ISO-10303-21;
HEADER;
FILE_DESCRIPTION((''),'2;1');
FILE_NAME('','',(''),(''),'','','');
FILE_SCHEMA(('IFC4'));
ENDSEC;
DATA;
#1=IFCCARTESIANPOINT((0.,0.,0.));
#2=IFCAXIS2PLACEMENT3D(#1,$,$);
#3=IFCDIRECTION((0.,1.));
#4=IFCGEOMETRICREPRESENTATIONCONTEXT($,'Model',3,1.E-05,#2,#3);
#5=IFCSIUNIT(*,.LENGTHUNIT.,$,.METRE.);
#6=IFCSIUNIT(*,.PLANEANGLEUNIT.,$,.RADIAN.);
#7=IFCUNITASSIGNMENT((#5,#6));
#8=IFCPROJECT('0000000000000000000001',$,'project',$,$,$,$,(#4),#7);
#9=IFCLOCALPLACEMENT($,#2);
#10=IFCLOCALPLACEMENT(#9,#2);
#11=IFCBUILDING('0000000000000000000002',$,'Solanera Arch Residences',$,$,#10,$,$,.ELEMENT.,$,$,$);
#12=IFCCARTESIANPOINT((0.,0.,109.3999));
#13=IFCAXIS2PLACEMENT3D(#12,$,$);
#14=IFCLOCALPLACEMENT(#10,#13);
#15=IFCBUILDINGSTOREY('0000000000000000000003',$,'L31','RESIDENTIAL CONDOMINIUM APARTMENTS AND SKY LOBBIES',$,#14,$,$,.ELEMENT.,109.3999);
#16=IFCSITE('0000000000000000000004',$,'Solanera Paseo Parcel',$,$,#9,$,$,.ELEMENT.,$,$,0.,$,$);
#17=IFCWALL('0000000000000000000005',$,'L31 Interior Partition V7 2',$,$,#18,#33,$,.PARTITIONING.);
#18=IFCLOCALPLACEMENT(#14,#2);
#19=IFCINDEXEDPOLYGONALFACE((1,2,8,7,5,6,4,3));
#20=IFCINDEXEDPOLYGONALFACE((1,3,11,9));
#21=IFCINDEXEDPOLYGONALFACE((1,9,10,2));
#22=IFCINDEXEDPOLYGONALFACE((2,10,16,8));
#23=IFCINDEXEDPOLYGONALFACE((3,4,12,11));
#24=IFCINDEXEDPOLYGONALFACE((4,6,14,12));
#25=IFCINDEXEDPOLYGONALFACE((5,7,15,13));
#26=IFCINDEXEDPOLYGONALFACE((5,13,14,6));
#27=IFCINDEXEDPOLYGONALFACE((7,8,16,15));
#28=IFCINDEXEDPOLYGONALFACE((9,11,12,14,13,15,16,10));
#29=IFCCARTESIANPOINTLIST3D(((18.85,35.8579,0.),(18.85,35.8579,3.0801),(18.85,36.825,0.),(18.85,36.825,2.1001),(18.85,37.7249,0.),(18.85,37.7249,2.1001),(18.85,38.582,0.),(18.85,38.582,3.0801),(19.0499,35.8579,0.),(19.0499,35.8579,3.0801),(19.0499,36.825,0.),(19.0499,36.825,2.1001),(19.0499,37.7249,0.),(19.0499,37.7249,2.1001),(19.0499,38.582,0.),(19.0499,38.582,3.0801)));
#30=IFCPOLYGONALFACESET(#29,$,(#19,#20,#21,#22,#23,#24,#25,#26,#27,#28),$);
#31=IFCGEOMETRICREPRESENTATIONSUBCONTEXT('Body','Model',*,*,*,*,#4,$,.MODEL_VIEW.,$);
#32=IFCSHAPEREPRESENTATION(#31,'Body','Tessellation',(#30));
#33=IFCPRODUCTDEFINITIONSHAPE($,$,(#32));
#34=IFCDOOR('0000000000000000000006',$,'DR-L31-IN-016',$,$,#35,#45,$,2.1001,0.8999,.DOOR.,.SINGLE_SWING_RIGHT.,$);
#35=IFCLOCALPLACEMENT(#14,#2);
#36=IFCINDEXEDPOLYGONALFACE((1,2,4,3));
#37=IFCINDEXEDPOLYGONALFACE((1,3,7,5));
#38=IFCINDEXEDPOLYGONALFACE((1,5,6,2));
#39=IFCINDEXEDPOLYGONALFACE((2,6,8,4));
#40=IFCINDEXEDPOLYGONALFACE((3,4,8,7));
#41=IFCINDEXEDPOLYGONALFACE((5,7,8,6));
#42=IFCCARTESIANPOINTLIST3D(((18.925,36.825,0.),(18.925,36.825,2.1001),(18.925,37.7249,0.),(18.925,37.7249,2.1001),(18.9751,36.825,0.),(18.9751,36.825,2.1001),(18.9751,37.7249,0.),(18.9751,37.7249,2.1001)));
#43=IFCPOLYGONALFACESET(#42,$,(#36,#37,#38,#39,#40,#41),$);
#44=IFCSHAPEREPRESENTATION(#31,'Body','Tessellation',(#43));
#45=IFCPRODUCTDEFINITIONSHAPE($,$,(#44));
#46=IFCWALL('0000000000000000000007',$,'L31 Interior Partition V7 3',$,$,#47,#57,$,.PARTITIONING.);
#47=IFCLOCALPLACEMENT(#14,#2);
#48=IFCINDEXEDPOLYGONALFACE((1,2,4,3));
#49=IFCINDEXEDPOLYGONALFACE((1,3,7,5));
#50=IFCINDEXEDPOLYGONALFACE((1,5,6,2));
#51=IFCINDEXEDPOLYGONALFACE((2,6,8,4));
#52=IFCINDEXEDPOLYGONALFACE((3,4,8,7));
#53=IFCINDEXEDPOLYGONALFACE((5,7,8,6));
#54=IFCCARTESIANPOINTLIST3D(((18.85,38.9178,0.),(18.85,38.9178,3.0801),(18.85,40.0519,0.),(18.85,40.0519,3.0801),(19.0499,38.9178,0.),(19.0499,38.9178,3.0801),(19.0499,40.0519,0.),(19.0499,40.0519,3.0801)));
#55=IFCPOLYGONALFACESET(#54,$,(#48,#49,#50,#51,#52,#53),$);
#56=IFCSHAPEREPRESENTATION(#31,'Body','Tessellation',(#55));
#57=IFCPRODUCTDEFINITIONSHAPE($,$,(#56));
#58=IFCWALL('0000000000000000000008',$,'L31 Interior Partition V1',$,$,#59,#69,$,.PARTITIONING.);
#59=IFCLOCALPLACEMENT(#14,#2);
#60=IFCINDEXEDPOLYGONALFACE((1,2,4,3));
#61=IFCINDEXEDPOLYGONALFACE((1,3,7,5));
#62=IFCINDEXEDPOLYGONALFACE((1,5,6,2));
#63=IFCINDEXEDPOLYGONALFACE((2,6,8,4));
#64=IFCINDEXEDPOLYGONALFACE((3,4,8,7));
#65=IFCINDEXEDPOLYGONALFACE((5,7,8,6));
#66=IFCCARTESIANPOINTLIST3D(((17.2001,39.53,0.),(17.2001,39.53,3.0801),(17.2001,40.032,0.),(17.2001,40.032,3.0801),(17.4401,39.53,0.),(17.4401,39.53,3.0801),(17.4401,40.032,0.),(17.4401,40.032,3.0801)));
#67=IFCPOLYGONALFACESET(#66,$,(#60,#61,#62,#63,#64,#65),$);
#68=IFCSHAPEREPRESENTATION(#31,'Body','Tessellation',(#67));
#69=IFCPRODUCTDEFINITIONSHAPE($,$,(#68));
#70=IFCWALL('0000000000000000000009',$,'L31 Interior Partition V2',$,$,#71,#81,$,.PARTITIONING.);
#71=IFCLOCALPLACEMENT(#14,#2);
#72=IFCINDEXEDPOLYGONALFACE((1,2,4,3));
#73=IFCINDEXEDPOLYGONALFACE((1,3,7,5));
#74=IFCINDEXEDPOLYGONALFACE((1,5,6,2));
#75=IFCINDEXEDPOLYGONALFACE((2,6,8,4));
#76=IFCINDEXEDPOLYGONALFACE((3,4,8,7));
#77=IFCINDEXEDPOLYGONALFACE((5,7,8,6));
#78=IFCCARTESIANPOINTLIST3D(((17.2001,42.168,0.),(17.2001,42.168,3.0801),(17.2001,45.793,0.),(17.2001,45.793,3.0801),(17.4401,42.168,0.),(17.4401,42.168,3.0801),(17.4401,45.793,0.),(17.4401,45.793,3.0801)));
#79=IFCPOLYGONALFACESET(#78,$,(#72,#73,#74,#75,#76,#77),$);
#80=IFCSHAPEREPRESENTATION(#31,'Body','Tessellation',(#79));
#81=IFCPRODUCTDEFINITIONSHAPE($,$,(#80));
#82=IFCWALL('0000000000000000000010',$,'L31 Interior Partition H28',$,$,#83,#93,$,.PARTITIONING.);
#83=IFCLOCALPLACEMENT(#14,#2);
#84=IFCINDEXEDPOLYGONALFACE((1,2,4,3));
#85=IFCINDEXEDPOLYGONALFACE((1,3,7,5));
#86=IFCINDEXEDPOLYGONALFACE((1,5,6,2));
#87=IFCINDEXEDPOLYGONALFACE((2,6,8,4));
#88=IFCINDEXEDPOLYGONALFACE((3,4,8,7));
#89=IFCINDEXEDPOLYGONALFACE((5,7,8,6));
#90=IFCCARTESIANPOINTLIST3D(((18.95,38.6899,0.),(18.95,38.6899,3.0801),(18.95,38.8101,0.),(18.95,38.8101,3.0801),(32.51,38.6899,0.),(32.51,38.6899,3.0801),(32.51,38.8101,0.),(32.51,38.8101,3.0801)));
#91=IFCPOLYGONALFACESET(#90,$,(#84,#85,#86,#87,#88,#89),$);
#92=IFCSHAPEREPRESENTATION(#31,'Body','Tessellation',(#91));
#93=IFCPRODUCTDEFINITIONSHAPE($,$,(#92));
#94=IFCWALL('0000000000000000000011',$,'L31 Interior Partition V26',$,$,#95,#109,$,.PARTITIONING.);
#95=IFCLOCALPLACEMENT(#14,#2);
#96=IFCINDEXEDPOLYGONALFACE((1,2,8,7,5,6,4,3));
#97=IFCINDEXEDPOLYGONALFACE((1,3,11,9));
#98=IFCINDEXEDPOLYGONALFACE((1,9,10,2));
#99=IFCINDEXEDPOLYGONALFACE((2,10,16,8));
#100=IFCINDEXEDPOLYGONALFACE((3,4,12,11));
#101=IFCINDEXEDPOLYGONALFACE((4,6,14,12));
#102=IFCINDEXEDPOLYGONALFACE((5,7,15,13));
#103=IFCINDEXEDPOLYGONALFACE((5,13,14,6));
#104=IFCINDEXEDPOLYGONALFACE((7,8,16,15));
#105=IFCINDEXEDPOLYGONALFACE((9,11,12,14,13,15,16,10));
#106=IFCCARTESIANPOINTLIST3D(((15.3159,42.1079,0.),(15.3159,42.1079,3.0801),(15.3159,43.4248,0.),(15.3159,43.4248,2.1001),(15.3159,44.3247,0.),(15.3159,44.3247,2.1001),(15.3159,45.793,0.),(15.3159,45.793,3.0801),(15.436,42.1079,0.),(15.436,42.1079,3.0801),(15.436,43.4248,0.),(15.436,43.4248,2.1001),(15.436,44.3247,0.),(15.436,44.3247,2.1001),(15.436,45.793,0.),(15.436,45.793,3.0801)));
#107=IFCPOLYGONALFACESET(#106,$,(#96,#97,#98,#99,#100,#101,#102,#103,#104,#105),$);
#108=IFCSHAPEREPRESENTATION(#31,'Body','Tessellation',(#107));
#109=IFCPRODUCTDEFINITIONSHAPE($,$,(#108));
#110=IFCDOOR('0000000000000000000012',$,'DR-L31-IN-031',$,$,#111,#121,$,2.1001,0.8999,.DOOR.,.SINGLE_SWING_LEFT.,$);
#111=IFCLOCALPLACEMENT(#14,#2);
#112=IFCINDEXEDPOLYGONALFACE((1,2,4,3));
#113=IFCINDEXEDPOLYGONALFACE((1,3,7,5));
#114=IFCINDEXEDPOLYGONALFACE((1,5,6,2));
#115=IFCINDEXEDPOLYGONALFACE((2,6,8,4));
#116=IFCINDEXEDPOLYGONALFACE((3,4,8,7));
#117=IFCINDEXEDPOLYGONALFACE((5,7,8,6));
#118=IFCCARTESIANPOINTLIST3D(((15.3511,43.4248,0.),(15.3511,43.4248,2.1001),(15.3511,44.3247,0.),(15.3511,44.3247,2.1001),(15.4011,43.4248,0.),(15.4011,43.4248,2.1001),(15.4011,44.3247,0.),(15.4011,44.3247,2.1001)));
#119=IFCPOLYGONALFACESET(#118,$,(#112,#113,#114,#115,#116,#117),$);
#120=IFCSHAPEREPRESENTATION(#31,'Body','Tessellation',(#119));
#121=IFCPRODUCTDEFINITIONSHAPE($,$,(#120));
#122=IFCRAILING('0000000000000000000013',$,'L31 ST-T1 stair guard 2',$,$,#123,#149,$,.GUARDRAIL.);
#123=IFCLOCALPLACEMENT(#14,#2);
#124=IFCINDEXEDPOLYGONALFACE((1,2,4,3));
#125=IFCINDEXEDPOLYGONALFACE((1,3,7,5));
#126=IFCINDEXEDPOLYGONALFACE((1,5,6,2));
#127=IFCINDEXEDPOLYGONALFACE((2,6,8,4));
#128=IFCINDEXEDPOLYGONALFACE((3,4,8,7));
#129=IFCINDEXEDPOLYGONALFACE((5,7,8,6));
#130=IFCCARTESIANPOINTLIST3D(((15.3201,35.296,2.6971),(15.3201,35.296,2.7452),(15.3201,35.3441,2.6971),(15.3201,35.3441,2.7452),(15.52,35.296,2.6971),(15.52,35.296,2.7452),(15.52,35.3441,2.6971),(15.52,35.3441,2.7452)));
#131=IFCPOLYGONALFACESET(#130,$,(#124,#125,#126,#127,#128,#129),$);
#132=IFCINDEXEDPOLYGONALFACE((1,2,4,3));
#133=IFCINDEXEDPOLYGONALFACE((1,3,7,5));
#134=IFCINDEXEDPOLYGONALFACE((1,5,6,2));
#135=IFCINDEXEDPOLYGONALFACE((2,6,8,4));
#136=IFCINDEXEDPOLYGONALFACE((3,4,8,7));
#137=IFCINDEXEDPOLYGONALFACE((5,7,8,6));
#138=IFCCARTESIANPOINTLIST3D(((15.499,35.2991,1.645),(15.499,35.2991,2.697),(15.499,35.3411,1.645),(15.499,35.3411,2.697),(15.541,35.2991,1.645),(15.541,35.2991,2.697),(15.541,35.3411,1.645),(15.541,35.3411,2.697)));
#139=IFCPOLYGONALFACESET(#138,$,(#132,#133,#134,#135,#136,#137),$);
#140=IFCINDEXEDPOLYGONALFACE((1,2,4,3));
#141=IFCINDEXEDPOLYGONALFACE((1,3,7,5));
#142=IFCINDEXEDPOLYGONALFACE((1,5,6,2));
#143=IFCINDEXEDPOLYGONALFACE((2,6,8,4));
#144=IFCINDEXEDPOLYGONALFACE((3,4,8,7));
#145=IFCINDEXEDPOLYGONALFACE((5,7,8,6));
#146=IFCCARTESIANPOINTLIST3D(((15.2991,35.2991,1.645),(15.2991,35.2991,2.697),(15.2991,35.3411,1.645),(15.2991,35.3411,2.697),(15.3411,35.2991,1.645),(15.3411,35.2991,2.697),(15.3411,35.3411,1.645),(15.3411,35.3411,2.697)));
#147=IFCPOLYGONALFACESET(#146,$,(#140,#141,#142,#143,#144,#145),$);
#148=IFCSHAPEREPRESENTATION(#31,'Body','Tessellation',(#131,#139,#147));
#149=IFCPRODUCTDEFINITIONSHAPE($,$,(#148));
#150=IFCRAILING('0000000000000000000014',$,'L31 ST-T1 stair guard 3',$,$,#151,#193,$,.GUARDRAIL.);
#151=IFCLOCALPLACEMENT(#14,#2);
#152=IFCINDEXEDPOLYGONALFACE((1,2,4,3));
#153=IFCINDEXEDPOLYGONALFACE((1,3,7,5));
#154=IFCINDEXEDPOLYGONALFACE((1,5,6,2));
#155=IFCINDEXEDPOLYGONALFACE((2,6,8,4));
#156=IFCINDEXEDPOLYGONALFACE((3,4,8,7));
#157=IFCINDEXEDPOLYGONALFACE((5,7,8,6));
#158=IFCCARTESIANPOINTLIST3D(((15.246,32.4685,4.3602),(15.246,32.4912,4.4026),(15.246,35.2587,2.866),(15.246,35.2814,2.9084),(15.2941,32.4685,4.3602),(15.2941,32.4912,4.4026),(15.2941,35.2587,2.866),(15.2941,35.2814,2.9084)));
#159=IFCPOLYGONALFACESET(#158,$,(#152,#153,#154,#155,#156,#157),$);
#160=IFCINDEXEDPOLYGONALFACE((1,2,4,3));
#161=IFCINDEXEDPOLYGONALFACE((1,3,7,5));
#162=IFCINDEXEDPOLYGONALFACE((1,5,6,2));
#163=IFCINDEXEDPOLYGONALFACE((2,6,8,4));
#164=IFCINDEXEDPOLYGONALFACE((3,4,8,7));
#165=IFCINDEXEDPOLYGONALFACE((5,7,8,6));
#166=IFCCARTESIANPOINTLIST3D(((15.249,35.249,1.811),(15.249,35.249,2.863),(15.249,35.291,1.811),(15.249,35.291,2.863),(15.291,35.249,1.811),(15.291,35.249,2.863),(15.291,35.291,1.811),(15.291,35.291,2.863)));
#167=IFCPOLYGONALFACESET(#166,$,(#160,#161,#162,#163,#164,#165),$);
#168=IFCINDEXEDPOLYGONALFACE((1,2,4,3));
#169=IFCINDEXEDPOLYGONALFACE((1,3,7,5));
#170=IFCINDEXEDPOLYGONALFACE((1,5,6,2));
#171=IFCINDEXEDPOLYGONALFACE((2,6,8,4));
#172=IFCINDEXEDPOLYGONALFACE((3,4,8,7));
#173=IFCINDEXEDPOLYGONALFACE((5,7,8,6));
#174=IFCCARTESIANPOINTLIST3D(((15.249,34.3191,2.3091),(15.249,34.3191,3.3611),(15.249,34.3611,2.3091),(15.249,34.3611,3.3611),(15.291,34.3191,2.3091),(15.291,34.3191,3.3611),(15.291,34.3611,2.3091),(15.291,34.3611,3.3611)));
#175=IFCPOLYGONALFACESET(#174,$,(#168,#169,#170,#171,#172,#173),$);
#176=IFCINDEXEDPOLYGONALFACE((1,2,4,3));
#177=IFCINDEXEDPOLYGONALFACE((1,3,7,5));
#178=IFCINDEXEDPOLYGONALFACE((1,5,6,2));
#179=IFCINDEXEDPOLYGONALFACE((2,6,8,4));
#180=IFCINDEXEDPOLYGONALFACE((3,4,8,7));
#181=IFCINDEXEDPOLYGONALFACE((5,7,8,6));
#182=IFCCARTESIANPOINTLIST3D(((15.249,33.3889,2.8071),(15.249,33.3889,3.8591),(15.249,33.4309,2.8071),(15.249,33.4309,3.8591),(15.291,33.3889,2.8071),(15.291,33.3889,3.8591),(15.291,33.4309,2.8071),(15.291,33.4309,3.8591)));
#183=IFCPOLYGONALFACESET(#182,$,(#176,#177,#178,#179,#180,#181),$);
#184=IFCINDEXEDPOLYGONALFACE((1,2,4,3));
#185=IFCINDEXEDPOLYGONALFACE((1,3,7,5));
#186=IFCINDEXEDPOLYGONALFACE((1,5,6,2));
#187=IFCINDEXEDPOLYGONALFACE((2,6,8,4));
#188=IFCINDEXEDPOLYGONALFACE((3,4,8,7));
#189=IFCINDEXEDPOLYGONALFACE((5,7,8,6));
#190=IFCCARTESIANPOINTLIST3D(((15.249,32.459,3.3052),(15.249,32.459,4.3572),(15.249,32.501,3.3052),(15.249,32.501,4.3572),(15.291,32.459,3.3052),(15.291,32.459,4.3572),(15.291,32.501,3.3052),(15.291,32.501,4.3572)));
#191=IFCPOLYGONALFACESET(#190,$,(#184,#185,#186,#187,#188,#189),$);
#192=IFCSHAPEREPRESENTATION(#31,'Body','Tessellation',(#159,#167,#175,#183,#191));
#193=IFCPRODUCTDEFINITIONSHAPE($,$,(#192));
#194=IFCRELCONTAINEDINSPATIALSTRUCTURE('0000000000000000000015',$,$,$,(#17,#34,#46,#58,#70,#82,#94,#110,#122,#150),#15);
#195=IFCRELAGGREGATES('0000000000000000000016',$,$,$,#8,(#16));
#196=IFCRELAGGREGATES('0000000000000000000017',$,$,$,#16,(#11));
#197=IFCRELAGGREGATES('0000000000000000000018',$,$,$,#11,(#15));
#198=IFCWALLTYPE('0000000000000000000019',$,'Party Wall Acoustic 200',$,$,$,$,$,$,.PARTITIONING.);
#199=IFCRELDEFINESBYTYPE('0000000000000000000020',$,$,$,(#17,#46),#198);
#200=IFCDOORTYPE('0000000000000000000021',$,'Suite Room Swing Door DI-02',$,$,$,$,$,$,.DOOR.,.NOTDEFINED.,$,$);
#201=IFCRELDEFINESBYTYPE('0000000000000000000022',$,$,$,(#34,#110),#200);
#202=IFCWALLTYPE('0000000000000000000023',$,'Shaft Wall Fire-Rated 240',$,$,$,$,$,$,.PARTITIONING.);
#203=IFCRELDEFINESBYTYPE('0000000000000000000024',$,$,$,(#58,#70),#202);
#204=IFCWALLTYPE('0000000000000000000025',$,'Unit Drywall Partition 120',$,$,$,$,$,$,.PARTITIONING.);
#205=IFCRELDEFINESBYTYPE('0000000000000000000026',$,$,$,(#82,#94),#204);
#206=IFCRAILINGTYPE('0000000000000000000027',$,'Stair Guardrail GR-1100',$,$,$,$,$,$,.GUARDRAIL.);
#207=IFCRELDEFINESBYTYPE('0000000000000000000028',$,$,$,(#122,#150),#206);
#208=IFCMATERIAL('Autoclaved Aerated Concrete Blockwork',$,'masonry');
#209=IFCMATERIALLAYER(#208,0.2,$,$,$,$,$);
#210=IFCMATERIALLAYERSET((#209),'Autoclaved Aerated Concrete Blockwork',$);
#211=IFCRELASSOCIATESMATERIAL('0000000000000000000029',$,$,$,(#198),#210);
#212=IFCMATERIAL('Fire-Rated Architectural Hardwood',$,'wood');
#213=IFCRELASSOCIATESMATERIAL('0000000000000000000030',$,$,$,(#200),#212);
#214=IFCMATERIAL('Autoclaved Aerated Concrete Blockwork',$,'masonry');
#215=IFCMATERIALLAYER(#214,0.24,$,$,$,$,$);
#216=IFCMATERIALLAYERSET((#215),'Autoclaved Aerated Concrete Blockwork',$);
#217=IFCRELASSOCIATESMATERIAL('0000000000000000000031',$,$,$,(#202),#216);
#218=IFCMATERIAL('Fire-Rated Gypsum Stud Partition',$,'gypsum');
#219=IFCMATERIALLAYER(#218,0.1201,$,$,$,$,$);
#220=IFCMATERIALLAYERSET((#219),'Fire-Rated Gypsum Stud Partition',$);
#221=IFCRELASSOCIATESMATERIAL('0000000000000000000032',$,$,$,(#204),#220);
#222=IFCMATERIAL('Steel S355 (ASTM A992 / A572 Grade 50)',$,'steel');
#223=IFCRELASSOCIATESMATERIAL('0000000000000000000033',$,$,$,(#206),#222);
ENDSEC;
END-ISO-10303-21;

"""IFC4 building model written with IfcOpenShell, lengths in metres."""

from ifc_helpers import new_model, si_unit, direction, frame, frame_2d, origin, origin_2d, place, context, subcontext, project, spatial, rectangle, extrude, material, layer, layer_set, type_object, element, fill, save


model = new_model("IFC4")

# Units and contexts
model_context = context("Model", 3, precision=1e-05, world=origin(), true_north=direction((0.0, 1.0)))
body_context = subcontext(model_context, "Body", "Model", "MODEL_VIEW")
ifc_project = project(units=[si_unit("LENGTHUNIT", "METRE"), si_unit("PLANEANGLEUNIT", "RADIAN")], contexts=[model_context])

# Site, building, storey
site_placement = place(None, origin())
site = spatial("IfcSite", under=ifc_project, at=site_placement, Name="Solanera Paseo Parcel", CompositionType="ELEMENT", RefElevation=0.0)
building_placement = place(site_placement, origin())
building = spatial("IfcBuilding", under=site, at=building_placement, Name="Solanera Arch Residences", CompositionType="ELEMENT")
storey_placement = place(building_placement, frame((0.0, 0.0, 109.3999)))
storey = spatial("IfcBuildingStorey", under=building, at=storey_placement, Name="L31", Description="RESIDENTIAL CONDOMINIUM APARTMENTS AND SKY LOBBIES", CompositionType="ELEMENT", Elevation=109.3999)

# Shared definitions
ifc_material_1 = material(Name="Autoclaved Aerated Concrete Blockwork", Category="masonry")
ifc_layer_1 = layer(ifc_material_1, 0.2)
ifc_layer_set_1 = layer_set([ifc_layer_1], Name="Autoclaved Aerated Concrete Blockwork")
wall_type_1 = type_object("IfcWallType", Name="Party Wall Acoustic 200", PredefinedType="PARTITIONING", material=ifc_layer_set_1)

# Wall, opening, door
wall_1_placement = place(storey_placement, frame((18.95, 35.8579, 0.0), z_axis=(0.0, 0.0, 1.0), x_axis=(0.0, 1.0, 0.0)))
wall_1 = element("IfcWall", 1, at=wall_1_placement, inside=storey, type_object=wall_type_1, Name="L31 Interior Partition V7 2", PredefinedType="PARTITIONING", context=body_context, shape_type="SweptSolid", body=[
    extrude(rectangle(XDim=2.7241, YDim=0.2, at=frame_2d((1.3621, 0.0))), origin(), (0.0, 0.0, 1.0), 3.0801),
])
opening_1_placement = place(wall_1_placement, frame((0.967, 0.0, 0.0)))
opening_1 = element("IfcOpeningElement", 2, at=opening_1_placement, cuts=wall_1, PredefinedType="OPENING", context=body_context, shape_type="SweptSolid", body=[
    extrude(rectangle(XDim=0.8999, YDim=2.1001, at=frame_2d((0.45, 1.05))), frame((0.0, 0.1101, 0.0), z_axis=(0.0, -1.0, 0.0), x_axis=(1.0, 0.0, 0.0)), (0.0, 0.0, 1.0), 0.22),
])
ifc_material_2 = material(Name="Fire-Rated Architectural Hardwood", Category="wood")
door_type = type_object("IfcDoorType", Name="Suite Room Swing Door DI-02", OperationType="NOTDEFINED", PredefinedType="DOOR", material=ifc_material_2)
door_1_placement = place(opening_1_placement, origin())
door_1 = element("IfcDoor", 3, at=door_1_placement, inside=storey, type_object=door_type, Name="DR-L31-IN-016", OperationType="SINGLE_SWING_RIGHT", OverallHeight=2.1001, OverallWidth=0.8999, PredefinedType="DOOR", context=body_context, shape_type="SweptSolid", body=[
    extrude(rectangle(XDim=0.8999, YDim=2.1001, at=frame_2d((0.45, 1.05))), frame((0.0, 0.0249, 0.0), z_axis=(0.0, -1.0, 0.0), x_axis=(1.0, 0.0, 0.0)), (0.0, 0.0, 1.0), 0.05),
])
fill(opening_1, door_1)

# Walls
wall_2_placement = place(storey_placement, frame((18.95, 38.918, 0.0), z_axis=(0.0, 0.0, 1.0), x_axis=(0.0, 1.0, 0.0)))
element("IfcWall", 4, at=wall_2_placement, inside=storey, type_object=wall_type_1, Name="L31 Interior Partition V7 3", PredefinedType="PARTITIONING", context=body_context, shape_type="SweptSolid", body=[
    extrude(rectangle(XDim=1.134, YDim=0.2, at=frame_2d((0.5669, 0.0))), origin(), (0.0, 0.0, 1.0), 3.0801),
])
ifc_material_3 = material(Name="Autoclaved Aerated Concrete Blockwork", Category="masonry")
ifc_layer_2 = layer(ifc_material_3, 0.24)
ifc_layer_set_2 = layer_set([ifc_layer_2], Name="Autoclaved Aerated Concrete Blockwork")
wall_type_2 = type_object("IfcWallType", Name="Shaft Wall Fire-Rated 240", PredefinedType="PARTITIONING", material=ifc_layer_set_2)
wall_3_placement = place(storey_placement, frame((17.3201, 39.53, 0.0), z_axis=(0.0, 0.0, 1.0), x_axis=(0.0, 1.0, 0.0)))
element("IfcWall", 5, at=wall_3_placement, inside=storey, type_object=wall_type_2, Name="L31 Interior Partition V1", PredefinedType="PARTITIONING", context=body_context, shape_type="SweptSolid", body=[
    extrude(rectangle(XDim=0.502, YDim=0.24, at=frame_2d((0.251, 0.0))), origin(), (0.0, 0.0, 1.0), 3.0801),
])
wall_4_placement = place(storey_placement, frame((17.3201, 42.168, 0.0), z_axis=(0.0, 0.0, 1.0), x_axis=(0.0, 1.0, 0.0)))
element("IfcWall", 6, at=wall_4_placement, inside=storey, type_object=wall_type_2, Name="L31 Interior Partition V2", PredefinedType="PARTITIONING", context=body_context, shape_type="SweptSolid", body=[
    extrude(rectangle(XDim=3.625, YDim=0.24, at=frame_2d((1.8125, 0.0))), origin(), (0.0, 0.0, 1.0), 3.0801),
])
ifc_material_4 = material(Name="Fire-Rated Gypsum Stud Partition", Category="gypsum")
ifc_layer_3 = layer(ifc_material_4, 0.1201)
ifc_layer_set_3 = layer_set([ifc_layer_3], Name="Fire-Rated Gypsum Stud Partition")
wall_type_3 = type_object("IfcWallType", Name="Unit Drywall Partition 120", PredefinedType="PARTITIONING", material=ifc_layer_set_3)
wall_5_placement = place(storey_placement, frame((18.95, 38.75, 0.0), z_axis=(0.0, 0.0, 1.0), x_axis=(1.0, 0.0, 0.0)))
element("IfcWall", 7, at=wall_5_placement, inside=storey, type_object=wall_type_3, Name="L31 Interior Partition H28", PredefinedType="PARTITIONING", context=body_context, shape_type="SweptSolid", body=[
    extrude(rectangle(XDim=13.5601, YDim=0.1201, at=frame_2d((6.78, 0.0))), origin(), (0.0, 0.0, 1.0), 3.0801),
])

# Wall, opening, door
wall_6_placement = place(storey_placement, frame((15.376, 42.1079, 0.0), z_axis=(0.0, 0.0, 1.0), x_axis=(0.0, 1.0, 0.0)))
wall_6 = element("IfcWall", 8, at=wall_6_placement, inside=storey, type_object=wall_type_3, Name="L31 Interior Partition V26", PredefinedType="PARTITIONING", context=body_context, shape_type="SweptSolid", body=[
    extrude(rectangle(XDim=3.6851, YDim=0.1201, at=frame_2d((1.8425, 0.0))), origin(), (0.0, 0.0, 1.0), 3.0801),
])
opening_2_placement = place(wall_6_placement, frame((1.3169, 0.0, 0.0)))
opening_2 = element("IfcOpeningElement", 9, at=opening_2_placement, cuts=wall_6, PredefinedType="OPENING", context=body_context, shape_type="SweptSolid", body=[
    extrude(rectangle(XDim=0.8999, YDim=2.1001, at=frame_2d((0.45, 1.05))), frame((0.0, 0.0701, 0.0), z_axis=(0.0, -1.0, 0.0), x_axis=(1.0, 0.0, 0.0)), (0.0, 0.0, 1.0), 0.1401),
])
door_2_placement = place(opening_2_placement, origin())
door_2 = element("IfcDoor", 10, at=door_2_placement, inside=storey, type_object=door_type, Name="DR-L31-IN-031", OperationType="SINGLE_SWING_LEFT", OverallHeight=2.1001, OverallWidth=0.8999, PredefinedType="DOOR", context=body_context, shape_type="SweptSolid", body=[
    extrude(rectangle(XDim=0.8999, YDim=2.1001, at=frame_2d((0.45, 1.05))), frame((0.0, 0.0249, 0.0), z_axis=(0.0, -1.0, 0.0), x_axis=(1.0, 0.0, 0.0)), (0.0, 0.0, 1.0), 0.05),
])
fill(opening_2, door_2)

# Railings
ifc_material_5 = material(Name="Steel S355 (ASTM A992 / A572 Grade 50)", Category="steel")
railing_type = type_object("IfcRailingType", Name="Stair Guardrail GR-1100", PredefinedType="GUARDRAIL", material=ifc_material_5)
railing_1_placement = place(storey_placement, frame((15.52, 35.3201, 1.645)))
element("IfcRailing", 11, at=railing_1_placement, inside=storey, type_object=railing_type, Name="L31 ST-T1 stair guard 2", PredefinedType="GUARDRAIL", context=body_context, shape_type="SweptSolid", body=[
    extrude(rectangle(XDim=0.0481, YDim=0.0481, at=origin_2d()), frame((0.0, 0.0, 1.0762), z_axis=(-1.0, 0.0, 0.0), x_axis=(0.0, -1.0, 0.0)), (0.0, 0.0, 1.0), 0.2),
    extrude(rectangle(XDim=0.042, YDim=0.042, at=origin_2d()), origin(), (0.0, 0.0, 1.0), 1.052),
    extrude(rectangle(XDim=0.042, YDim=0.042, at=origin_2d()), frame((-0.2, 0.0, 0.0)), (0.0, 0.0, 1.0), 1.052),
])
railing_2_placement = place(storey_placement, frame((15.27, 35.27, 1.811)))
element("IfcRailing", 12, at=railing_2_placement, inside=storey, type_object=railing_type, Name="L31 ST-T1 stair guard 3", PredefinedType="GUARDRAIL", context=body_context, shape_type="SweptSolid", body=[
    extrude(rectangle(XDim=0.0481, YDim=0.0481, at=origin_2d()), frame((0.0, 0.0, 1.0762), z_axis=(0.0, -0.881549, 0.472093), x_axis=(1.0, 0.0, 0.0)), (0.0, 0.0, 1.0), 3.165),
    extrude(rectangle(XDim=0.042, YDim=0.042, at=origin_2d()), origin(), (0.0, 0.0, 1.0), 1.052),
    extrude(rectangle(XDim=0.042, YDim=0.042, at=origin_2d()), frame((0.0, -0.9299, 0.498)), (0.0, 0.0, 1.0), 1.052),
    extrude(rectangle(XDim=0.042, YDim=0.042, at=origin_2d()), frame((0.0, -1.8601, 0.9961)), (0.0, 0.0, 1.0), 1.052),
    extrude(rectangle(XDim=0.042, YDim=0.042, at=origin_2d()), frame((0.0, -2.79, 1.4941)), (0.0, 0.0, 1.0), 1.052),
])

save(model, "model.ifc")
